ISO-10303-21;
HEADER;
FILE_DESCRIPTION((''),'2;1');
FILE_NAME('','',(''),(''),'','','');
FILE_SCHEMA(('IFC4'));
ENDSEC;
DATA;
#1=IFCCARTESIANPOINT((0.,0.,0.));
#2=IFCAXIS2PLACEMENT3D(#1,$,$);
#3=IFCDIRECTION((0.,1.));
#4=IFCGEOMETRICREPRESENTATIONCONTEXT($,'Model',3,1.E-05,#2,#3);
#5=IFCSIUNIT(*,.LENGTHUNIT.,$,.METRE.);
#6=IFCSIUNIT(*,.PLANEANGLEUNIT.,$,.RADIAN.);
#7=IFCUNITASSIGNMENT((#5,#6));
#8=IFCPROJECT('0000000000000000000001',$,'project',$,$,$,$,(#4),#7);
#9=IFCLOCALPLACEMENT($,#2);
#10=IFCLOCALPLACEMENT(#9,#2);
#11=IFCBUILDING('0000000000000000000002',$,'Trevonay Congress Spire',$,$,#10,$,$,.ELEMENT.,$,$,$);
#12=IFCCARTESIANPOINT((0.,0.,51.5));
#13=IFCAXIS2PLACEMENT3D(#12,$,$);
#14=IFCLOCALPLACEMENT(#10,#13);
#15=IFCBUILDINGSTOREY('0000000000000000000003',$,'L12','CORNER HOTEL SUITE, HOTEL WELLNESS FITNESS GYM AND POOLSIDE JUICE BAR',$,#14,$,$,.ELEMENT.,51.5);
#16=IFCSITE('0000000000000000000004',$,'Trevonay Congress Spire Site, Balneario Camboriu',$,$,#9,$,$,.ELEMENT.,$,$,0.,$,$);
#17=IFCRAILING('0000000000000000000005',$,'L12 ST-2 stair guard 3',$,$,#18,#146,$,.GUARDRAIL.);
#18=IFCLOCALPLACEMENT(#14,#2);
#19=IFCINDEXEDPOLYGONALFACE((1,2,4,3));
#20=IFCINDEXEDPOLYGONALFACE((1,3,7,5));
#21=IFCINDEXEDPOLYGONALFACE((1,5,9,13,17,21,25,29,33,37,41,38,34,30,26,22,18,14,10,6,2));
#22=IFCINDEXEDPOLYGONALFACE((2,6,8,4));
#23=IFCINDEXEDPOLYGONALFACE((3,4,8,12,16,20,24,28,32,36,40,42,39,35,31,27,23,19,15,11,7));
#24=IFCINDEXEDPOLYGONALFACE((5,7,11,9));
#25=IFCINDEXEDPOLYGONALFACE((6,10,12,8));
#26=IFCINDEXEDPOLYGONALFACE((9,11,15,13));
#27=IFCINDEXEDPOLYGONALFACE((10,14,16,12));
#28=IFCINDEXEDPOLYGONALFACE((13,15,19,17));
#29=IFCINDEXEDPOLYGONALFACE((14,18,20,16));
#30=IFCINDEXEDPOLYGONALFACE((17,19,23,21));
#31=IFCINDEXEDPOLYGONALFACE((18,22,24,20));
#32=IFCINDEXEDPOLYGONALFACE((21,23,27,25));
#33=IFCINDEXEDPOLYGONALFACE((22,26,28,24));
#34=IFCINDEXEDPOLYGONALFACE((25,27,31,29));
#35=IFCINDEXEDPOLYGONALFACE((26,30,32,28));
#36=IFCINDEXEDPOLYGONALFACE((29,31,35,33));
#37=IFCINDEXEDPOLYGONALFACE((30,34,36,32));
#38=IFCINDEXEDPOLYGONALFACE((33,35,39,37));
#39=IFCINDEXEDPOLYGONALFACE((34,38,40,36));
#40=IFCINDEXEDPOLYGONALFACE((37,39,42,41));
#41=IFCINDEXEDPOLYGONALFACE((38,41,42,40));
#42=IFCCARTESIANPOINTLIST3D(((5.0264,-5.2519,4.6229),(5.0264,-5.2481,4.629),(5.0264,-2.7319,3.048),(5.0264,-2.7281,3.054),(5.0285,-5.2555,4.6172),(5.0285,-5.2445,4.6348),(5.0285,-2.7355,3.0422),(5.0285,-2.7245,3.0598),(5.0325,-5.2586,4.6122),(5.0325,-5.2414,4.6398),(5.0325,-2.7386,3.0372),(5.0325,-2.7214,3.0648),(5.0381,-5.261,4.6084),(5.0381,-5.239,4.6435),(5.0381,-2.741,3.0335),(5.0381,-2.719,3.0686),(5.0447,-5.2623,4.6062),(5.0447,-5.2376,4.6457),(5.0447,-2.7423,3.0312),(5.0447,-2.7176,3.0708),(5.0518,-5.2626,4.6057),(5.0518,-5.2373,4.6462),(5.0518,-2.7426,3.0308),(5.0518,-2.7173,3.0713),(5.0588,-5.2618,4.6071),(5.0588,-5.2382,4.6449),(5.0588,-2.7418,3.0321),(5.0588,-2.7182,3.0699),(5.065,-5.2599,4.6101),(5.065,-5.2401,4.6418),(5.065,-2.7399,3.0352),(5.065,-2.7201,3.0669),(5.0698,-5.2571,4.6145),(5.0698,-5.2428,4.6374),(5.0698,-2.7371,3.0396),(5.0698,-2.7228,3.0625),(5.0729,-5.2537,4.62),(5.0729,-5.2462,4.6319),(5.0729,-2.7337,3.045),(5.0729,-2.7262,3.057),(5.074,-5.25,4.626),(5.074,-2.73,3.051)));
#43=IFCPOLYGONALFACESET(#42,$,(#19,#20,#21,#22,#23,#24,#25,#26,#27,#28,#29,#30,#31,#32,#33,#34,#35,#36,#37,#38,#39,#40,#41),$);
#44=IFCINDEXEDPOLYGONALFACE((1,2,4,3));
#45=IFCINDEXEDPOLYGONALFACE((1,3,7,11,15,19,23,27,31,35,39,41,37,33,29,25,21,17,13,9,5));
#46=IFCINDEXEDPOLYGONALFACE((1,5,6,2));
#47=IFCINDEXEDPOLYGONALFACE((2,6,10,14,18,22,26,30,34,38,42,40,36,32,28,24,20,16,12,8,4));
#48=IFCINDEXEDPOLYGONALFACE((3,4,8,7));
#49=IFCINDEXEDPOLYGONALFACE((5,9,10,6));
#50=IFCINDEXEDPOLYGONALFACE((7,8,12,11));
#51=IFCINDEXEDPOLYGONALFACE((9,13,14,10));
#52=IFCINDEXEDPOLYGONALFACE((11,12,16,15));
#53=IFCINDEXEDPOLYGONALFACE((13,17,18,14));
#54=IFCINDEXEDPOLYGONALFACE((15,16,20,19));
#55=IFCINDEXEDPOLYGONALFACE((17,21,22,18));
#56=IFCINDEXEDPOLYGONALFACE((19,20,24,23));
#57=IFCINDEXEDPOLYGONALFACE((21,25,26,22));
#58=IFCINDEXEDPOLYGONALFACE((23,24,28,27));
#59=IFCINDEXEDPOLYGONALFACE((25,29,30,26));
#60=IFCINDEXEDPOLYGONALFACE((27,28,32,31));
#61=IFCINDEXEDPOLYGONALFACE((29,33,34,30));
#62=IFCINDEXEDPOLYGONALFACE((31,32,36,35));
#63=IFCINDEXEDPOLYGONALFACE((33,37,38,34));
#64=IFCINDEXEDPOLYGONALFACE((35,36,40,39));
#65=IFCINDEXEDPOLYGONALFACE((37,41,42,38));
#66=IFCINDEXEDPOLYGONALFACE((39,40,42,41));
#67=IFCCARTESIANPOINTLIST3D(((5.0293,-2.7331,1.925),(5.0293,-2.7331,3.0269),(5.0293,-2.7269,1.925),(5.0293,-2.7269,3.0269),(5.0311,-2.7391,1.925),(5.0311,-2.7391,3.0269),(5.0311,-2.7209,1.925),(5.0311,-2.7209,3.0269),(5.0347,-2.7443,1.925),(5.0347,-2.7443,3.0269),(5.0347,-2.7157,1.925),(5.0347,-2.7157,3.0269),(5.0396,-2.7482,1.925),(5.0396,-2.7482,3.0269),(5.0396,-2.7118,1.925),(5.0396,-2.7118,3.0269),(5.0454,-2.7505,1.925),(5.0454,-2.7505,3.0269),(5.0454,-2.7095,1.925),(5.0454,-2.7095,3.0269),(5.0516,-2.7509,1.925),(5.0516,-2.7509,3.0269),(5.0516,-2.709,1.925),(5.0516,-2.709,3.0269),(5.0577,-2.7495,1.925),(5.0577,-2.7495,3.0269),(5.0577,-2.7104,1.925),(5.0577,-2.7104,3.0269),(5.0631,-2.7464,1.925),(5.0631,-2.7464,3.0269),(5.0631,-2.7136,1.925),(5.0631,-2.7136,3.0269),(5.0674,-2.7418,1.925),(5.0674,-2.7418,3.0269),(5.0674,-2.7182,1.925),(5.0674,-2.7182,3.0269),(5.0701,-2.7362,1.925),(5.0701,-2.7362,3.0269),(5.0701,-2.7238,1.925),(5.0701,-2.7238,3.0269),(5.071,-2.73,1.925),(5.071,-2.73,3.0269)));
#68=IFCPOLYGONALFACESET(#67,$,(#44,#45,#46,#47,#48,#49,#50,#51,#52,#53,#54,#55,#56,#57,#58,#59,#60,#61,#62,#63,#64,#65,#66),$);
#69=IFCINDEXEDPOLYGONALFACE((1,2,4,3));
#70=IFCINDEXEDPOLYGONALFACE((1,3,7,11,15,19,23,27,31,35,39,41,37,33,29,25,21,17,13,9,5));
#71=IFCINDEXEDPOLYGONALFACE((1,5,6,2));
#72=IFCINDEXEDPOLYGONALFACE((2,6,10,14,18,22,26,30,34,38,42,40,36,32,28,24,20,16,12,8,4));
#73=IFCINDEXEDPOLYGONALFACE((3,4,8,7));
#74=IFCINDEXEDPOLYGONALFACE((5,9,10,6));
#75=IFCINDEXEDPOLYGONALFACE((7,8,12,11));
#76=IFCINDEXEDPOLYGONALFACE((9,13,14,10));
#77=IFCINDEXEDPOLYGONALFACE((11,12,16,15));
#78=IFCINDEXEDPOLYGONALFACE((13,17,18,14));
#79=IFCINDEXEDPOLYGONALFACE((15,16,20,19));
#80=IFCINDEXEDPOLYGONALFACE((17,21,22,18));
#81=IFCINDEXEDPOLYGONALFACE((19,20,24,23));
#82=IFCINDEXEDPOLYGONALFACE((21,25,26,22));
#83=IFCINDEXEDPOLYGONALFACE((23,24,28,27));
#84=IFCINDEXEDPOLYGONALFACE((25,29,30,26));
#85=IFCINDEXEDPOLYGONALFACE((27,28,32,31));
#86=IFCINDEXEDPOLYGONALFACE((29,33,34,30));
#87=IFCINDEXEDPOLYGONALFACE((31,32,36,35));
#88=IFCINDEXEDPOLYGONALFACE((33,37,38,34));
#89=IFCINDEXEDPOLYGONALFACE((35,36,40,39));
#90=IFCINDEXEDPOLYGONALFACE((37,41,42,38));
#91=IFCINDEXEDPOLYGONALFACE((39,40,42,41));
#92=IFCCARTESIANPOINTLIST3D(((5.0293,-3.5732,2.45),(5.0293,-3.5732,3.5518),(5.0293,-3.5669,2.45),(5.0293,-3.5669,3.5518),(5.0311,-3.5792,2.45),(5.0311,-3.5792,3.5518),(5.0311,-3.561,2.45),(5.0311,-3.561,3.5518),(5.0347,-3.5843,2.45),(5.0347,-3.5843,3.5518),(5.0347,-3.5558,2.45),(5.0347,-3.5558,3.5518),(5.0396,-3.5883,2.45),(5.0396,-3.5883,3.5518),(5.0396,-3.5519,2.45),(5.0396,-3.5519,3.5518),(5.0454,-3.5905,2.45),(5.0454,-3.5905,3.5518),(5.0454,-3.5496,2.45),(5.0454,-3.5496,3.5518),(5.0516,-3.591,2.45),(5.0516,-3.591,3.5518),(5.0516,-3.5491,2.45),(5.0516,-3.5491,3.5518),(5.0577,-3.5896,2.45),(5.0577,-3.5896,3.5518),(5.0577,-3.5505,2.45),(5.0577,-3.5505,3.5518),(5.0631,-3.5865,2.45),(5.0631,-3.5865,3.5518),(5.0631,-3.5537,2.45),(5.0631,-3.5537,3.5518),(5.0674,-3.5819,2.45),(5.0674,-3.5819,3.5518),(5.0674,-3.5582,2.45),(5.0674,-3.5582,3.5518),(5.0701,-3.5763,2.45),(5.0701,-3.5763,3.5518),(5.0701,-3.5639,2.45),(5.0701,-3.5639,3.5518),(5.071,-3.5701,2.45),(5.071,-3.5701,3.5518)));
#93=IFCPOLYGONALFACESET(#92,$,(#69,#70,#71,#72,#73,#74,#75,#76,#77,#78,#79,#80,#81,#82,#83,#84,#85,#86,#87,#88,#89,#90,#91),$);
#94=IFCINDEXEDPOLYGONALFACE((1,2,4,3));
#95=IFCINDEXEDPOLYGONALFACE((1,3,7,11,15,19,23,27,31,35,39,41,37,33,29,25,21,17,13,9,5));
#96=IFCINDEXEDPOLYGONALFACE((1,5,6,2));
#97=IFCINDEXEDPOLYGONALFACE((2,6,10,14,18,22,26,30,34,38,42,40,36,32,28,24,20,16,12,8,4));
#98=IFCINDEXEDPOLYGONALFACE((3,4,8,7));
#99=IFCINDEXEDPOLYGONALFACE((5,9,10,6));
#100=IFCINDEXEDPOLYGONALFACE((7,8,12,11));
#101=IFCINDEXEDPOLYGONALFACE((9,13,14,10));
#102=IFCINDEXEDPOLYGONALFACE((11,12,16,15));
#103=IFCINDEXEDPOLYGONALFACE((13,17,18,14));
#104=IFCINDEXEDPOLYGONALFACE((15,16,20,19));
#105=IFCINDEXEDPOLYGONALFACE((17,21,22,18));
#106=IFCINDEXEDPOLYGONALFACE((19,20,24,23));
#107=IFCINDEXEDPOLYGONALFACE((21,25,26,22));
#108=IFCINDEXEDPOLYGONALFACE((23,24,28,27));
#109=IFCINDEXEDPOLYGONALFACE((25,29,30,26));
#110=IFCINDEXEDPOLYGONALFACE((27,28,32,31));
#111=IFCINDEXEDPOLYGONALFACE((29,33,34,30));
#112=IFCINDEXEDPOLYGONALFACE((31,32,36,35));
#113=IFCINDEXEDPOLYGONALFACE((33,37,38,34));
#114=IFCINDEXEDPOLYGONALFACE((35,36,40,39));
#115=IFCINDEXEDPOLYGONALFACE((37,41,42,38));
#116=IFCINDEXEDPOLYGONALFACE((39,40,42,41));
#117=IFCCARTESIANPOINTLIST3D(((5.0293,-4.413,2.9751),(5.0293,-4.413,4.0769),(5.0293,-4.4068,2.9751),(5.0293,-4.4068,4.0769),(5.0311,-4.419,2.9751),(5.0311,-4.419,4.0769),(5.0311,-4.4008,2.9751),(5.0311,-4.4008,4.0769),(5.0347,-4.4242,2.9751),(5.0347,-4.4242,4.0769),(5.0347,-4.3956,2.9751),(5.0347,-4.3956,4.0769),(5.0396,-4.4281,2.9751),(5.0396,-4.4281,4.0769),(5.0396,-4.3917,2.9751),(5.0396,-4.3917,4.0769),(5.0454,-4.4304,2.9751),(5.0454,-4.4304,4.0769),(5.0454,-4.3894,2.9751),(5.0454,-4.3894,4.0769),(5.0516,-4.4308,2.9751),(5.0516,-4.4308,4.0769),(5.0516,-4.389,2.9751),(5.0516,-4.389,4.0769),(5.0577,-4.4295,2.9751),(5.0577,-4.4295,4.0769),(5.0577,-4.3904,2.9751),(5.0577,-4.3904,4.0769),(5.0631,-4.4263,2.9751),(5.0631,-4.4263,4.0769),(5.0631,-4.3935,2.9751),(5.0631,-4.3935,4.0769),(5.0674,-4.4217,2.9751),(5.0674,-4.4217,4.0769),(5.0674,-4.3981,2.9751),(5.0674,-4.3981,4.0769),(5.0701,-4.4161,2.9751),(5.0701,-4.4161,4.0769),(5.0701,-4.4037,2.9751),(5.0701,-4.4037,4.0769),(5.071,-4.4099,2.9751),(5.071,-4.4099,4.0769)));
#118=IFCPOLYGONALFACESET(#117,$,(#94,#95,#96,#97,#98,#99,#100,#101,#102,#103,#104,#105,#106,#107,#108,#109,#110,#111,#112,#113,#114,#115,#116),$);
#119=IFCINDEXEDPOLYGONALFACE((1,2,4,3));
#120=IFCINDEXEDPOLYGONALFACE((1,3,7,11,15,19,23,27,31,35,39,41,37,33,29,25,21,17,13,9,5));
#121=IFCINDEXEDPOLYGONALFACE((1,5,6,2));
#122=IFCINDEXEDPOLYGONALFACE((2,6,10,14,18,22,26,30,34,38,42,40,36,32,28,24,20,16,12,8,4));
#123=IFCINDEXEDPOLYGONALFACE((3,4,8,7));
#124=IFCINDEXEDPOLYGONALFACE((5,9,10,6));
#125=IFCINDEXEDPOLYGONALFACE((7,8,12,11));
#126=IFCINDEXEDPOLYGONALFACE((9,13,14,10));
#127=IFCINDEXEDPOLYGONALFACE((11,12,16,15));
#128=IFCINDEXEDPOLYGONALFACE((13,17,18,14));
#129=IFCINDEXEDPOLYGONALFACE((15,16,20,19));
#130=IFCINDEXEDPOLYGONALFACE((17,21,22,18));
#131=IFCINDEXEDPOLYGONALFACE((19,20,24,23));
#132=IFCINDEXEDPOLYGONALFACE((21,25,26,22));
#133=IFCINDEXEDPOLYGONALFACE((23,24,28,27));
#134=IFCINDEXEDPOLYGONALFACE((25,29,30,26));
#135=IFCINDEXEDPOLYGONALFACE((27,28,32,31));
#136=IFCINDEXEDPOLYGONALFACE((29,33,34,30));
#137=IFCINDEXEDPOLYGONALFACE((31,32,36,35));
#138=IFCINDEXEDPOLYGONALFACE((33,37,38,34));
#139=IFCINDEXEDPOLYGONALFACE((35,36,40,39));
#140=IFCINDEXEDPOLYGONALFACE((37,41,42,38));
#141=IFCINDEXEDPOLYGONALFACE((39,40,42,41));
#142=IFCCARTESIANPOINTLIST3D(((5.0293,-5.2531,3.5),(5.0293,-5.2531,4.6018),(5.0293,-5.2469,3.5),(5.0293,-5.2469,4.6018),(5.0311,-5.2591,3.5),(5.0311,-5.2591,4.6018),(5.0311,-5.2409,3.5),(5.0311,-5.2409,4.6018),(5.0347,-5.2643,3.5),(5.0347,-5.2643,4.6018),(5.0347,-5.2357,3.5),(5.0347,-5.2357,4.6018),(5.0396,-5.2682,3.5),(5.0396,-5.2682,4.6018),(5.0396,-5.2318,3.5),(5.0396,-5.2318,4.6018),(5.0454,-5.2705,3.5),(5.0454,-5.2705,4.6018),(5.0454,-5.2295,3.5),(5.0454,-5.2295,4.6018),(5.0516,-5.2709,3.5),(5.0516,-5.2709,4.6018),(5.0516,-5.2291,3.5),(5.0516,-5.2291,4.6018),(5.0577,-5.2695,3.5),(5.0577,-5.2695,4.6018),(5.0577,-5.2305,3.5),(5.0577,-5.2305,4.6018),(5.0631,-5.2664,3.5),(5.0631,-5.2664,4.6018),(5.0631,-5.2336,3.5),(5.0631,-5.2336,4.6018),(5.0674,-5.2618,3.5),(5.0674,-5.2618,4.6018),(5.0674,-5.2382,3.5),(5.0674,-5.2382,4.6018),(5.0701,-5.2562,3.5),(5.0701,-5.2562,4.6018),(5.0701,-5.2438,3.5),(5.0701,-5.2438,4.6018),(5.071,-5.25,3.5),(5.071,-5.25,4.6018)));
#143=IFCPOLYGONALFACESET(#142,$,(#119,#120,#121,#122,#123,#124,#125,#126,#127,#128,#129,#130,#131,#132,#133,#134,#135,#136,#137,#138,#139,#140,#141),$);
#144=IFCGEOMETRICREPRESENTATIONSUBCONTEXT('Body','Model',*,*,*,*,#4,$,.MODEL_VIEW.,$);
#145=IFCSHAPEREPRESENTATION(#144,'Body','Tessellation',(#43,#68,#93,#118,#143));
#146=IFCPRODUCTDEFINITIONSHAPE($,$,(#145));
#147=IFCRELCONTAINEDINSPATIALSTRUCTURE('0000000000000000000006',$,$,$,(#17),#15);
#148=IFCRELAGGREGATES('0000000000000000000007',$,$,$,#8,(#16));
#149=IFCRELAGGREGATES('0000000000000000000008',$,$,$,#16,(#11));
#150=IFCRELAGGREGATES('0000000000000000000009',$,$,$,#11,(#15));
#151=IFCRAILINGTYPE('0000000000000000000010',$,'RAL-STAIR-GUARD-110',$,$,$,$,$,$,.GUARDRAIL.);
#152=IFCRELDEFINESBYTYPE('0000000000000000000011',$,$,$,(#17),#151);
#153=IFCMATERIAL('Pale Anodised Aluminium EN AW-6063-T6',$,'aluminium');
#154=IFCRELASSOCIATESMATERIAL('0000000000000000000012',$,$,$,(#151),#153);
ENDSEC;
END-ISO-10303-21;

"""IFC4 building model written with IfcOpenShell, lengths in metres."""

from ifc_helpers import new_model, si_unit, direction, frame, origin, origin_2d, place, context, subcontext, project, spatial, circle, extrude, material, type_object, element, save


model = new_model("IFC4")

# Units and contexts
model_context = context("Model", 3, precision=1e-05, world=origin(), true_north=direction((0.0, 1.0)))
body_context = subcontext(model_context, "Body", "Model", "MODEL_VIEW")
ifc_project = project(units=[si_unit("LENGTHUNIT", "METRE"), si_unit("PLANEANGLEUNIT", "RADIAN")], contexts=[model_context])

# Site, building, storey
site_placement = place(None, origin())
site = spatial("IfcSite", under=ifc_project, at=site_placement, Name="Trevonay Congress Spire Site, Balneario Camboriu", CompositionType="ELEMENT", RefElevation=0.0)
building_placement = place(site_placement, origin())
building = spatial("IfcBuilding", under=site, at=building_placement, Name="Trevonay Congress Spire", CompositionType="ELEMENT")
storey_placement = place(building_placement, frame((0.0, 0.0, 51.5)))
storey = spatial("IfcBuildingStorey", under=building, at=storey_placement, Name="L12", Description="CORNER HOTEL SUITE, HOTEL WELLNESS FITNESS GYM AND POOLSIDE JUICE BAR", CompositionType="ELEMENT", Elevation=51.5)

# Railing
ifc_material_1 = material(Name="Pale Anodised Aluminium EN AW-6063-T6", Category="aluminium")
railing_type_1 = type_object("IfcRailingType", Name="RAL-STAIR-GUARD-110", PredefinedType="GUARDRAIL", material=ifc_material_1)
railing_1_placement = place(storey_placement, frame((5.05, -2.73, 1.925)))
element("IfcRailing", 1, at=railing_1_placement, inside=storey, type_object=railing_type_1, Name="L12 ST-2 stair guard 3", PredefinedType="GUARDRAIL", context=body_context, shape_type="SweptSolid", body=[
    extrude(circle(Radius=0.0239, at=origin_2d()), frame((0.0, 0.0, 1.126), z_axis=(0.0, -0.848008, 0.529984), x_axis=(1.0, 0.0, 0.0)), (0.0, 0.0, 1.0), 2.9717),
    extrude(circle(Radius=0.021, at=origin_2d()), origin(), (0.0, 0.0, 1.0), 1.1018),
    extrude(circle(Radius=0.021, at=origin_2d()), frame((0.0, -0.8401, 0.5249)), (0.0, 0.0, 1.0), 1.1018),
    extrude(circle(Radius=0.021, at=origin_2d()), frame((0.0, -1.6799, 1.05)), (0.0, 0.0, 1.0), 1.1018),
    extrude(circle(Radius=0.021, at=origin_2d()), frame((0.0, -2.52, 1.575)), (0.0, 0.0, 1.0), 1.1018),
])

save(model, "model.ifc")
